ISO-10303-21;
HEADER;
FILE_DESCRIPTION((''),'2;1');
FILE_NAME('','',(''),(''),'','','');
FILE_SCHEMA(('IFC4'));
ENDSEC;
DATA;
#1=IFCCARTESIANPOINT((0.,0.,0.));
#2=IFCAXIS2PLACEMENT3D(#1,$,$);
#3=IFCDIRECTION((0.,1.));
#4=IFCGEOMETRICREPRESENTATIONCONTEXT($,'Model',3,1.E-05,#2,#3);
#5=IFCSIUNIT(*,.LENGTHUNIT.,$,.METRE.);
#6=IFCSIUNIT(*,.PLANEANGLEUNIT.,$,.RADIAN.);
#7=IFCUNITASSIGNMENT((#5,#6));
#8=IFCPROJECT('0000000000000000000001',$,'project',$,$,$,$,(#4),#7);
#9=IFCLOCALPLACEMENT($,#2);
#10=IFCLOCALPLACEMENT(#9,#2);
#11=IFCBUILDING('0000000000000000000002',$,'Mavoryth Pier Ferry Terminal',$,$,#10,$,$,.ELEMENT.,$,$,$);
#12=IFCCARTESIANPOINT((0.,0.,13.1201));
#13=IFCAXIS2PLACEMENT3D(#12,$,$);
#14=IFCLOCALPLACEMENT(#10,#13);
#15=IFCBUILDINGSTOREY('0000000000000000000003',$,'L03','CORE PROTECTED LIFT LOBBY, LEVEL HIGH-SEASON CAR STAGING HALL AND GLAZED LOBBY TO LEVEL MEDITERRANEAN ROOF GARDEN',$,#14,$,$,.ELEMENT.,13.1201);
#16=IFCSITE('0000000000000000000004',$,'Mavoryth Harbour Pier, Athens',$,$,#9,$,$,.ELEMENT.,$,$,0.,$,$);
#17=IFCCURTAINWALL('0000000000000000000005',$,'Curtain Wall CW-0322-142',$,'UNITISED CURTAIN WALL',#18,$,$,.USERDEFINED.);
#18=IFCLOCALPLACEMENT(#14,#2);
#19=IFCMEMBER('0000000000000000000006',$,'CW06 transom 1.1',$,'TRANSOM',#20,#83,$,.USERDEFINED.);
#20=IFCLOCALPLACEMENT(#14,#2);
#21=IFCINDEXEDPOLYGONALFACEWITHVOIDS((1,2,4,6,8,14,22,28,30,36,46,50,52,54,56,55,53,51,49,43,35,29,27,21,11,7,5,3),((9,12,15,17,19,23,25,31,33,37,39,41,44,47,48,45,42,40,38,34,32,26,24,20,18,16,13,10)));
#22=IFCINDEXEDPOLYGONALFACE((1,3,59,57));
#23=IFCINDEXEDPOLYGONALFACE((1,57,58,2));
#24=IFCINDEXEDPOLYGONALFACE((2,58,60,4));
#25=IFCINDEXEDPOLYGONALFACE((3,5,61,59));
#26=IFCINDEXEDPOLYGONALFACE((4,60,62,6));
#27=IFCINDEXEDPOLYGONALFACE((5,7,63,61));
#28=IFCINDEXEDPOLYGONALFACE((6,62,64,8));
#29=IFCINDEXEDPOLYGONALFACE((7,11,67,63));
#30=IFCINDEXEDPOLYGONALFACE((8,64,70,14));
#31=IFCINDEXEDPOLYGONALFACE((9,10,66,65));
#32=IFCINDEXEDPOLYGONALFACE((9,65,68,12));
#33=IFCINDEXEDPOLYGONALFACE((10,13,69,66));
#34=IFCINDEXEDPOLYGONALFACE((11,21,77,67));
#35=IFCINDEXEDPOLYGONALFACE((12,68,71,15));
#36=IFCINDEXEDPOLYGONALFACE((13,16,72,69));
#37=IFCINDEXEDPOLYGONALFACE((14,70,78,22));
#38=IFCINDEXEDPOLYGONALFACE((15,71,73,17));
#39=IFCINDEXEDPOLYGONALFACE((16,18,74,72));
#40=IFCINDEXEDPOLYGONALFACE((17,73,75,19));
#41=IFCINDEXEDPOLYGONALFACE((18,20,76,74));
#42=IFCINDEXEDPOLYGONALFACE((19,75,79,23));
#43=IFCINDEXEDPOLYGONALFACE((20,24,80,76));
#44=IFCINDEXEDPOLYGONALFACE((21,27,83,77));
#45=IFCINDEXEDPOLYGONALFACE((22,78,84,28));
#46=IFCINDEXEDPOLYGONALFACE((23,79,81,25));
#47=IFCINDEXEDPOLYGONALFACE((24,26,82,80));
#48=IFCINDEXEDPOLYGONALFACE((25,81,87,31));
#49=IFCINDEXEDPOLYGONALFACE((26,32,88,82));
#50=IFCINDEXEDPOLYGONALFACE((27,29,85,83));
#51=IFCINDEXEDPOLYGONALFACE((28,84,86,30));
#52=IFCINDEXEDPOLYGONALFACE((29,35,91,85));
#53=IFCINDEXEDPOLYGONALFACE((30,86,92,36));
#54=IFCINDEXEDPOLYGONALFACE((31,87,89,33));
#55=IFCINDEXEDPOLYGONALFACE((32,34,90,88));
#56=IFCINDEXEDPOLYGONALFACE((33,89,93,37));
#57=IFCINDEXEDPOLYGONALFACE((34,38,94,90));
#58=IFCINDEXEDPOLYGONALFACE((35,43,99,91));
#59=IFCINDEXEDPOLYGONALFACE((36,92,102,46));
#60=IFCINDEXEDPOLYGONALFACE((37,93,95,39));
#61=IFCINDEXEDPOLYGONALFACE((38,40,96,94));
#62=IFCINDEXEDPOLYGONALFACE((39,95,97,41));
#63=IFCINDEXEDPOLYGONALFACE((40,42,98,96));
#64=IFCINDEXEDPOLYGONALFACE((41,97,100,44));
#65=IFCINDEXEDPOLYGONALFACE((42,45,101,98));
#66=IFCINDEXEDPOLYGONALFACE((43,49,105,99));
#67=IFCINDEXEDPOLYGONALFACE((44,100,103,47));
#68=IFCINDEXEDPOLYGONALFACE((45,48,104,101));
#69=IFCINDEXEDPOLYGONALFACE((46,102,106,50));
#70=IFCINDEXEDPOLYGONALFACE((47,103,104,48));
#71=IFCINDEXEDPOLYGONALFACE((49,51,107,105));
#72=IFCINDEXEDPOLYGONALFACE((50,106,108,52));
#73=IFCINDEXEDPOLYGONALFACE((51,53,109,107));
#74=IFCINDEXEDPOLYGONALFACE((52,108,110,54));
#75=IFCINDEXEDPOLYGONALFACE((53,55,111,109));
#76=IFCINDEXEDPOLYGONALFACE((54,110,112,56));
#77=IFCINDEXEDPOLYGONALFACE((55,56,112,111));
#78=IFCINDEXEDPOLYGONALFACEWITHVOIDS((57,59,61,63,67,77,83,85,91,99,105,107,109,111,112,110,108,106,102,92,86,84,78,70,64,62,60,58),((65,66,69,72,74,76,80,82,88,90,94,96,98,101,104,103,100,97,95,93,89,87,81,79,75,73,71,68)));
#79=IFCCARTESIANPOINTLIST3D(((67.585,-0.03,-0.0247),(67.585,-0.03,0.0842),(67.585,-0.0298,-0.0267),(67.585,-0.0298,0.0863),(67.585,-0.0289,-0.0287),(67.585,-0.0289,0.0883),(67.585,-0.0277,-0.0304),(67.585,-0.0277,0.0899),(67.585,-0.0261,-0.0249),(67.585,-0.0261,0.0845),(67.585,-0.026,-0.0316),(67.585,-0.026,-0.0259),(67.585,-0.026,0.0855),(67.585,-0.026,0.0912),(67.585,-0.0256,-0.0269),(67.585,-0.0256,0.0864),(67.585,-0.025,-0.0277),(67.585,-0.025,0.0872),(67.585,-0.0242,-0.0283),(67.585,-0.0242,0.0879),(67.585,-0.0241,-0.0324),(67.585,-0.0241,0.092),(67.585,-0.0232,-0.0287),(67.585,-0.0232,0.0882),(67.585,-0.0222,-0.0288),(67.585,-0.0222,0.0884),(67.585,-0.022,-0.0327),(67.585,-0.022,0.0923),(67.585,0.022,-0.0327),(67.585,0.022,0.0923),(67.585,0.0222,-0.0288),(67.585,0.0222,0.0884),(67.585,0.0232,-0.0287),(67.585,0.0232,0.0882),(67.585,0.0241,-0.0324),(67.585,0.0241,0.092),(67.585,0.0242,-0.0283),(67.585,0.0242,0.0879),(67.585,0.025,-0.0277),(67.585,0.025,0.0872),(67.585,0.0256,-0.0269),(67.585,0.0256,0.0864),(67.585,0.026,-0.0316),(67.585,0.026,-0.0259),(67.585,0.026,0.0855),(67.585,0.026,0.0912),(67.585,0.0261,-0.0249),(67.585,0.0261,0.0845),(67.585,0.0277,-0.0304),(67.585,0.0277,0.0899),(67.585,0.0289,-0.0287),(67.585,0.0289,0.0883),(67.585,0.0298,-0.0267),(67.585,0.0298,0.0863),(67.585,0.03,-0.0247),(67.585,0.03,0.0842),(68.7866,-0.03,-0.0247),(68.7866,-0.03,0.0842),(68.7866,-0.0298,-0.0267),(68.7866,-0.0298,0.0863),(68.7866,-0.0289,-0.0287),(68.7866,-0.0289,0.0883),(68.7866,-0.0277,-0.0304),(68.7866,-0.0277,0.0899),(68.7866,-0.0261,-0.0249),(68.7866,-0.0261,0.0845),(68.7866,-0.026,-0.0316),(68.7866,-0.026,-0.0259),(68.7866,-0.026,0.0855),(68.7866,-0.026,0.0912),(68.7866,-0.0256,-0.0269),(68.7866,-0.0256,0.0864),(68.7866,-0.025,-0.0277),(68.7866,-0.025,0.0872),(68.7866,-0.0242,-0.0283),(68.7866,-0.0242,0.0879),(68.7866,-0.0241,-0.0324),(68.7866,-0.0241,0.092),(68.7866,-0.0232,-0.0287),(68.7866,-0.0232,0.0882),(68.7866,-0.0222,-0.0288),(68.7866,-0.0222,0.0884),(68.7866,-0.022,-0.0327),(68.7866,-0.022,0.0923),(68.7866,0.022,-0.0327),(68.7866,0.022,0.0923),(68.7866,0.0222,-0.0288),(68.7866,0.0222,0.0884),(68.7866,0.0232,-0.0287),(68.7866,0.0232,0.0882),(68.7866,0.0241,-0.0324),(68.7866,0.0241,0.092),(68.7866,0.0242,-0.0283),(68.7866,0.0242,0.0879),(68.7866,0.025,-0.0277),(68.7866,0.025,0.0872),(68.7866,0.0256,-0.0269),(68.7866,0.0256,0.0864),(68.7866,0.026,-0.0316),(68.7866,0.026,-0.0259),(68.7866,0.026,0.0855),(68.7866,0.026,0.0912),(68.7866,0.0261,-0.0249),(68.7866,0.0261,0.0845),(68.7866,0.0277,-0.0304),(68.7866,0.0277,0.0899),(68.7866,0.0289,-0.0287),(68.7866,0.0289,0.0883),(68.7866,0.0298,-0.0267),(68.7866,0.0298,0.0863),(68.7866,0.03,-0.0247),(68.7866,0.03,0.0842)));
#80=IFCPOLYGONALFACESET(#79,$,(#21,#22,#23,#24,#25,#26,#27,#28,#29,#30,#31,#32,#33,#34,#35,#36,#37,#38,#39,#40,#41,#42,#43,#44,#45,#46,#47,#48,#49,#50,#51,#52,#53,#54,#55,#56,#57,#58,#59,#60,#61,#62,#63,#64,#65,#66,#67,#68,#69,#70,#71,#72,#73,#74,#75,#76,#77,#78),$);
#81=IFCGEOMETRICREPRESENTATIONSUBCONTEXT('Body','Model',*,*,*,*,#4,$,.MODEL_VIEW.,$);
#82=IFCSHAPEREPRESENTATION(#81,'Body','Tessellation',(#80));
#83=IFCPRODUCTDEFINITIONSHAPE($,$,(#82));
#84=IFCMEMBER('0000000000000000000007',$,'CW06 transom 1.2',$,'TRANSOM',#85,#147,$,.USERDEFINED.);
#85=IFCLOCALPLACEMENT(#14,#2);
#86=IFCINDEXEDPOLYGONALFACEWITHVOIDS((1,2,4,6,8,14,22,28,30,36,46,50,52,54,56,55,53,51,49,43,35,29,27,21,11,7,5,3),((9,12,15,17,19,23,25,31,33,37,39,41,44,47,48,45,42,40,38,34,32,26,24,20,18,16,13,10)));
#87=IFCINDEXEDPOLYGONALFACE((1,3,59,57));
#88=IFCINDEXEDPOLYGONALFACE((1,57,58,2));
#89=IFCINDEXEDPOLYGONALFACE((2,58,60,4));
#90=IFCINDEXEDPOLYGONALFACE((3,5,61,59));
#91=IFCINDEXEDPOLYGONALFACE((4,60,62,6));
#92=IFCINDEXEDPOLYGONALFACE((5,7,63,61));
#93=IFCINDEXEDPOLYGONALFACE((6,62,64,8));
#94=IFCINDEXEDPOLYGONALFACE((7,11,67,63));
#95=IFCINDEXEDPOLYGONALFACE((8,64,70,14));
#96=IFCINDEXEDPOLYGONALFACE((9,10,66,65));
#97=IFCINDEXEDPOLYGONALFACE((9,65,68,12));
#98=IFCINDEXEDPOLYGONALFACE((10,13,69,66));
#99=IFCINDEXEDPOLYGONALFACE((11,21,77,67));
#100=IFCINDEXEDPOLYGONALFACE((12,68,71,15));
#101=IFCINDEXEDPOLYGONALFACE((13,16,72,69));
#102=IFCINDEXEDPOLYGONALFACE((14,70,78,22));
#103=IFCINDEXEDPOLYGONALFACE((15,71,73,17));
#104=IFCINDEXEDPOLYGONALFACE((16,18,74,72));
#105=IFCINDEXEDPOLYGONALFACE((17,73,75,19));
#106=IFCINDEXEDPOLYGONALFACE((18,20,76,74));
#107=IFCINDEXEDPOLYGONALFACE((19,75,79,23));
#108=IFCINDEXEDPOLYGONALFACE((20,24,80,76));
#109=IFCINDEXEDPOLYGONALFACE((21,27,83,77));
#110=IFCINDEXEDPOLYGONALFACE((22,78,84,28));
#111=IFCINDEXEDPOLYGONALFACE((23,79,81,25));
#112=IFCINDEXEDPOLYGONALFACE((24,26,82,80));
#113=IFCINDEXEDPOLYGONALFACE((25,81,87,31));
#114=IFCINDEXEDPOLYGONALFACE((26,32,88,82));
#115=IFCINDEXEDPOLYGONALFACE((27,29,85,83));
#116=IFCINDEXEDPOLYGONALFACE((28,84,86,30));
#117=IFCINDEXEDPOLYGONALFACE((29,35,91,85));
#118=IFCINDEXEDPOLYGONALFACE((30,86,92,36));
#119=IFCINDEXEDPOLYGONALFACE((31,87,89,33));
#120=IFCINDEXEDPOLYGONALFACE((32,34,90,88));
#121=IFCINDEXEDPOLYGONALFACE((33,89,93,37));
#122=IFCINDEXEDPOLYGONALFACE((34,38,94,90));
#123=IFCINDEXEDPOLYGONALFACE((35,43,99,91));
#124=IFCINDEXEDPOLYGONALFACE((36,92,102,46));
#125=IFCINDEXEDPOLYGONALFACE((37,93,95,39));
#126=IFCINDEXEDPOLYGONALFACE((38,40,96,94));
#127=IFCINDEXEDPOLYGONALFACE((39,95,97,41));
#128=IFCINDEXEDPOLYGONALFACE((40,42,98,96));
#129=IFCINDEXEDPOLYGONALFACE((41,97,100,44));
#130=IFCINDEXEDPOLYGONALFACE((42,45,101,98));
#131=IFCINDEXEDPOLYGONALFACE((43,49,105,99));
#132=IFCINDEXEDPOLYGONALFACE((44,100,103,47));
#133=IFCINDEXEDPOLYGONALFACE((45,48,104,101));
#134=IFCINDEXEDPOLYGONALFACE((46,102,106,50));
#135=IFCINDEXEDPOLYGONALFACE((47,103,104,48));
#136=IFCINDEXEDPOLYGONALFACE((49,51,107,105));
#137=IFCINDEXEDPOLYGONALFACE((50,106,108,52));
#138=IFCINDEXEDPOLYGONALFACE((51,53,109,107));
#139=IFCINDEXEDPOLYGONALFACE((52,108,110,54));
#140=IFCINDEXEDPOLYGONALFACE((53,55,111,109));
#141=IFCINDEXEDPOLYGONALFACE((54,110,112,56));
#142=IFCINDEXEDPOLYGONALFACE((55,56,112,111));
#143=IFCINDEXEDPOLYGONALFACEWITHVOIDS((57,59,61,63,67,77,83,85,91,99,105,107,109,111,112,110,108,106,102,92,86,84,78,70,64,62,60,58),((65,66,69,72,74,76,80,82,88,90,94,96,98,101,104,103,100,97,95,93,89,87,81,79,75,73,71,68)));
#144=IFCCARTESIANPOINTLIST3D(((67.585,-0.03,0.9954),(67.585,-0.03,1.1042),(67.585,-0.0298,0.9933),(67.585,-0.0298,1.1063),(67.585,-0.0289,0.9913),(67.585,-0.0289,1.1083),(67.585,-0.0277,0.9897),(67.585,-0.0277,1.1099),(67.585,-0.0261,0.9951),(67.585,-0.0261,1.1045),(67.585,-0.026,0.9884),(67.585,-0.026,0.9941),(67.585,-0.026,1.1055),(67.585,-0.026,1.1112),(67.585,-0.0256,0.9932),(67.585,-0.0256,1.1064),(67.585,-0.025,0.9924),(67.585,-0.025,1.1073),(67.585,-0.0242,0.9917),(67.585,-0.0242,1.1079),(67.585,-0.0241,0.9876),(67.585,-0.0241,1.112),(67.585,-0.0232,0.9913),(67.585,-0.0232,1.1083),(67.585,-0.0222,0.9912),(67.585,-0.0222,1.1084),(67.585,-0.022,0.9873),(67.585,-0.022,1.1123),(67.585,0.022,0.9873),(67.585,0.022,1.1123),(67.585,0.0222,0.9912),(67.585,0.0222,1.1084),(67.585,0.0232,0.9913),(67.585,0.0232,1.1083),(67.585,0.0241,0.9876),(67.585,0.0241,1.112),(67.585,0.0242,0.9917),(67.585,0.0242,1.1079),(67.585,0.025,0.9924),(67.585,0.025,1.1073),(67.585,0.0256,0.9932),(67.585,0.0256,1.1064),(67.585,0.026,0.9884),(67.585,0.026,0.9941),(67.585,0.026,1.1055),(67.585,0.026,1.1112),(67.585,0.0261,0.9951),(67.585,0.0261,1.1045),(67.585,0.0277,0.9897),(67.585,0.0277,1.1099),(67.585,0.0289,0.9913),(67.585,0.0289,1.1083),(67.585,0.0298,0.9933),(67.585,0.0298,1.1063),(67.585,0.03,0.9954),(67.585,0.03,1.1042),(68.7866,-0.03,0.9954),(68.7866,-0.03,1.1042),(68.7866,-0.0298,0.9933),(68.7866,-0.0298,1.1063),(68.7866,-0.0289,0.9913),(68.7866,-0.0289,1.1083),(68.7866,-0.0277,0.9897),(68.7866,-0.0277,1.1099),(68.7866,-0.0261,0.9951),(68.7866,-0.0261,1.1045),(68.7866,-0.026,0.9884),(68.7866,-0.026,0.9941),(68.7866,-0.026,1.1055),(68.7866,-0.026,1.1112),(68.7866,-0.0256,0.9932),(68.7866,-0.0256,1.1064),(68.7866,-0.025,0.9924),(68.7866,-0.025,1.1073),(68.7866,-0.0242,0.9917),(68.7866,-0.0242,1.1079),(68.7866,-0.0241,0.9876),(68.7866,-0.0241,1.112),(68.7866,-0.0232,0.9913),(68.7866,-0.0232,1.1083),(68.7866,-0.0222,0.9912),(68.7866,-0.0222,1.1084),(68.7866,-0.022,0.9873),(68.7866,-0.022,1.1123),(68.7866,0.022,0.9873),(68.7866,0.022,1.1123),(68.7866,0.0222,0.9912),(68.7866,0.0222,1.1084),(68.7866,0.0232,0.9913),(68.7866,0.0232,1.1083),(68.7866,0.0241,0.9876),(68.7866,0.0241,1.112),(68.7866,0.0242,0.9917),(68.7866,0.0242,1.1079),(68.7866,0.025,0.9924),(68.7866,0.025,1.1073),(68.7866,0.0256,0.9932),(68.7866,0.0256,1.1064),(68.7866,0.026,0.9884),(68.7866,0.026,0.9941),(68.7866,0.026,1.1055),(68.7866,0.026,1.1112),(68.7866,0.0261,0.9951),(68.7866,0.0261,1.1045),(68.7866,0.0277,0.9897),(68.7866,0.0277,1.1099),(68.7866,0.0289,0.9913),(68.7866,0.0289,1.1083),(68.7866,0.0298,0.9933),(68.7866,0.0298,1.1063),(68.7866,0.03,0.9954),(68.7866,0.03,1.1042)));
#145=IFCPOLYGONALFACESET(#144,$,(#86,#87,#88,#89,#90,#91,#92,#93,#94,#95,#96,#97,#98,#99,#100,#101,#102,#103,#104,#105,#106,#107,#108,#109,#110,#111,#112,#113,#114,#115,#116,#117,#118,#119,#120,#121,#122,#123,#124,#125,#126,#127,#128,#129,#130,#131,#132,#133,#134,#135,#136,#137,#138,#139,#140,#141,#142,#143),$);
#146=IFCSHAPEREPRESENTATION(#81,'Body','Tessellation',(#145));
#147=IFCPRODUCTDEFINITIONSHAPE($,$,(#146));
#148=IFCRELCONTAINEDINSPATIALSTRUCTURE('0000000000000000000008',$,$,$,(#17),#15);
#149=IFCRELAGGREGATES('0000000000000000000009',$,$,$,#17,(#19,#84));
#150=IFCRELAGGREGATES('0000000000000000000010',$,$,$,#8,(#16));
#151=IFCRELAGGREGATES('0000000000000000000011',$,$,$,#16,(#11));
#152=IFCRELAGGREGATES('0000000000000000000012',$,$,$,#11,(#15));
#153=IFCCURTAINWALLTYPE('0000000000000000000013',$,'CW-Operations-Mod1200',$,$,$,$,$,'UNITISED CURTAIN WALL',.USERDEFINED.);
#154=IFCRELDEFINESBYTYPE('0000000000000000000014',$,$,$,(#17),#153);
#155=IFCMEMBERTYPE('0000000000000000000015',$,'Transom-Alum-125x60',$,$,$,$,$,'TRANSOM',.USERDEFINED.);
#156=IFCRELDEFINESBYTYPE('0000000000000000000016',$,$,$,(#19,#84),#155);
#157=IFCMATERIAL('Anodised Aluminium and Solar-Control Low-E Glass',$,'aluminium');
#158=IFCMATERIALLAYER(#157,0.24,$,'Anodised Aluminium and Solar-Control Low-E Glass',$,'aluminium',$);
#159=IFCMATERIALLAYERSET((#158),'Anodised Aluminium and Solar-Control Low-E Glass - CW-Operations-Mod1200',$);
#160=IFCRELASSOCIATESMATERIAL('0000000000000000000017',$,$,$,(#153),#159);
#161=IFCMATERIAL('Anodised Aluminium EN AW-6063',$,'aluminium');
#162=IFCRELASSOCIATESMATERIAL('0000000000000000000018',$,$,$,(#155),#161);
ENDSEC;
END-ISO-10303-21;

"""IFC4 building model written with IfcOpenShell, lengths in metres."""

from ifc_helpers import new_model, si_unit, direction, frame, origin, origin_2d, place, context, subcontext, project, spatial, hollow_rectangle, extrude, material, layer, layer_set, material_profile, profile_set, type_object, element, aggregate, save


model = new_model("IFC4")

# Units and contexts
model_context = context("Model", 3, precision=1e-05, world=origin(), true_north=direction((0.0, 1.0)))
body_context = subcontext(model_context, "Body", "Model", "MODEL_VIEW")
ifc_project = project(units=[si_unit("LENGTHUNIT", "METRE"), si_unit("PLANEANGLEUNIT", "RADIAN")], contexts=[model_context])

# Site, building, storey
site_placement = place(None, origin())
site = spatial("IfcSite", under=ifc_project, at=site_placement, Name="Mavoryth Harbour Pier, Athens", CompositionType="ELEMENT", RefElevation=0.0)
building_placement = place(site_placement, origin())
building = spatial("IfcBuilding", under=site, at=building_placement, Name="Mavoryth Pier Ferry Terminal", CompositionType="ELEMENT")
storey_placement = place(building_placement, frame((0.0, 0.0, 13.1201)))
storey = spatial("IfcBuildingStorey", under=building, at=storey_placement, Name="L03", Description="CORE PROTECTED LIFT LOBBY, LEVEL HIGH-SEASON CAR STAGING HALL AND GLAZED LOBBY TO LEVEL MEDITERRANEAN ROOF GARDEN", CompositionType="ELEMENT", Elevation=13.1201)

# Curtain wall
ifc_material_1 = material(Name="Anodised Aluminium and Solar-Control Low-E Glass", Category="aluminium")
ifc_layer_1 = layer(ifc_material_1, 0.24, Name="Anodised Aluminium and Solar-Control Low-E Glass", Category="aluminium")
ifc_layer_set_1 = layer_set([ifc_layer_1], Name="Anodised Aluminium and Solar-Control Low-E Glass - CW-Operations-Mod1200")
curtain_wall_type = type_object("IfcCurtainWallType", Name="CW-Operations-Mod1200", ElementType="UNITISED CURTAIN WALL", PredefinedType="USERDEFINED", material=ifc_layer_set_1)
ifc_material_2 = material(Name="Anodised Aluminium EN AW-6063", Category="aluminium")
curtain_wall_1_placement = place(storey_placement, origin())
curtain_wall_1 = element("IfcCurtainWall", 1, at=curtain_wall_1_placement, inside=storey, type_object=curtain_wall_type, Name="Curtain Wall CW-0322-142", ObjectType="UNITISED CURTAIN WALL", PredefinedType="USERDEFINED")

# Members
ifc_material_profile_1 = material_profile(ifc_material_2, hollow_rectangle(XDim=0.0601, YDim=0.125, WallThickness=0.0039, InnerFilletRadius=0.0039, OuterFilletRadius=0.0081, at=origin_2d()), Name="AL-TRAN 125x60x4", Category="aluminium")
ifc_profile_set_1 = profile_set([ifc_material_profile_1], Name="Anodised Aluminium EN AW-6063 - AL-TRAN 125x60x4")
member_type_1 = type_object("IfcMemberType", Name="Transom-Alum-125x60", ElementType="TRANSOM", PredefinedType="USERDEFINED", material=ifc_profile_set_1)
member_1_placement = place(storey_placement, frame((67.585, 0.0, 0.0298), z_axis=(1.0, 0.0, 0.0), x_axis=(0.0, 1.0, 0.0)))
member_1 = element("IfcMember", 2, at=member_1_placement, type_object=member_type_1, Name="CW06 transom 1.1", ObjectType="TRANSOM", PredefinedType="USERDEFINED", context=body_context, shape_type="SweptSolid", body=[
    extrude(hollow_rectangle(XDim=0.0601, YDim=0.125, WallThickness=0.0039, InnerFilletRadius=0.0039, OuterFilletRadius=0.0081, at=origin_2d()), origin(), (0.0, 0.0, 1.0), 1.2017),
])
member_2_placement = place(storey_placement, frame((67.585, 0.0, 1.0498), z_axis=(1.0, 0.0, 0.0), x_axis=(0.0, 1.0, 0.0)))
member_2 = element("IfcMember", 3, at=member_2_placement, type_object=member_type_1, Name="CW06 transom 1.2", ObjectType="TRANSOM", PredefinedType="USERDEFINED", context=body_context, shape_type="SweptSolid", body=[
    extrude(hollow_rectangle(XDim=0.0601, YDim=0.125, WallThickness=0.0039, InnerFilletRadius=0.0039, OuterFilletRadius=0.0081, at=origin_2d()), origin(), (0.0, 0.0, 1.0), 1.2017),
])

aggregate(curtain_wall_1, [member_1, member_2])

save(model, "model.ifc")
